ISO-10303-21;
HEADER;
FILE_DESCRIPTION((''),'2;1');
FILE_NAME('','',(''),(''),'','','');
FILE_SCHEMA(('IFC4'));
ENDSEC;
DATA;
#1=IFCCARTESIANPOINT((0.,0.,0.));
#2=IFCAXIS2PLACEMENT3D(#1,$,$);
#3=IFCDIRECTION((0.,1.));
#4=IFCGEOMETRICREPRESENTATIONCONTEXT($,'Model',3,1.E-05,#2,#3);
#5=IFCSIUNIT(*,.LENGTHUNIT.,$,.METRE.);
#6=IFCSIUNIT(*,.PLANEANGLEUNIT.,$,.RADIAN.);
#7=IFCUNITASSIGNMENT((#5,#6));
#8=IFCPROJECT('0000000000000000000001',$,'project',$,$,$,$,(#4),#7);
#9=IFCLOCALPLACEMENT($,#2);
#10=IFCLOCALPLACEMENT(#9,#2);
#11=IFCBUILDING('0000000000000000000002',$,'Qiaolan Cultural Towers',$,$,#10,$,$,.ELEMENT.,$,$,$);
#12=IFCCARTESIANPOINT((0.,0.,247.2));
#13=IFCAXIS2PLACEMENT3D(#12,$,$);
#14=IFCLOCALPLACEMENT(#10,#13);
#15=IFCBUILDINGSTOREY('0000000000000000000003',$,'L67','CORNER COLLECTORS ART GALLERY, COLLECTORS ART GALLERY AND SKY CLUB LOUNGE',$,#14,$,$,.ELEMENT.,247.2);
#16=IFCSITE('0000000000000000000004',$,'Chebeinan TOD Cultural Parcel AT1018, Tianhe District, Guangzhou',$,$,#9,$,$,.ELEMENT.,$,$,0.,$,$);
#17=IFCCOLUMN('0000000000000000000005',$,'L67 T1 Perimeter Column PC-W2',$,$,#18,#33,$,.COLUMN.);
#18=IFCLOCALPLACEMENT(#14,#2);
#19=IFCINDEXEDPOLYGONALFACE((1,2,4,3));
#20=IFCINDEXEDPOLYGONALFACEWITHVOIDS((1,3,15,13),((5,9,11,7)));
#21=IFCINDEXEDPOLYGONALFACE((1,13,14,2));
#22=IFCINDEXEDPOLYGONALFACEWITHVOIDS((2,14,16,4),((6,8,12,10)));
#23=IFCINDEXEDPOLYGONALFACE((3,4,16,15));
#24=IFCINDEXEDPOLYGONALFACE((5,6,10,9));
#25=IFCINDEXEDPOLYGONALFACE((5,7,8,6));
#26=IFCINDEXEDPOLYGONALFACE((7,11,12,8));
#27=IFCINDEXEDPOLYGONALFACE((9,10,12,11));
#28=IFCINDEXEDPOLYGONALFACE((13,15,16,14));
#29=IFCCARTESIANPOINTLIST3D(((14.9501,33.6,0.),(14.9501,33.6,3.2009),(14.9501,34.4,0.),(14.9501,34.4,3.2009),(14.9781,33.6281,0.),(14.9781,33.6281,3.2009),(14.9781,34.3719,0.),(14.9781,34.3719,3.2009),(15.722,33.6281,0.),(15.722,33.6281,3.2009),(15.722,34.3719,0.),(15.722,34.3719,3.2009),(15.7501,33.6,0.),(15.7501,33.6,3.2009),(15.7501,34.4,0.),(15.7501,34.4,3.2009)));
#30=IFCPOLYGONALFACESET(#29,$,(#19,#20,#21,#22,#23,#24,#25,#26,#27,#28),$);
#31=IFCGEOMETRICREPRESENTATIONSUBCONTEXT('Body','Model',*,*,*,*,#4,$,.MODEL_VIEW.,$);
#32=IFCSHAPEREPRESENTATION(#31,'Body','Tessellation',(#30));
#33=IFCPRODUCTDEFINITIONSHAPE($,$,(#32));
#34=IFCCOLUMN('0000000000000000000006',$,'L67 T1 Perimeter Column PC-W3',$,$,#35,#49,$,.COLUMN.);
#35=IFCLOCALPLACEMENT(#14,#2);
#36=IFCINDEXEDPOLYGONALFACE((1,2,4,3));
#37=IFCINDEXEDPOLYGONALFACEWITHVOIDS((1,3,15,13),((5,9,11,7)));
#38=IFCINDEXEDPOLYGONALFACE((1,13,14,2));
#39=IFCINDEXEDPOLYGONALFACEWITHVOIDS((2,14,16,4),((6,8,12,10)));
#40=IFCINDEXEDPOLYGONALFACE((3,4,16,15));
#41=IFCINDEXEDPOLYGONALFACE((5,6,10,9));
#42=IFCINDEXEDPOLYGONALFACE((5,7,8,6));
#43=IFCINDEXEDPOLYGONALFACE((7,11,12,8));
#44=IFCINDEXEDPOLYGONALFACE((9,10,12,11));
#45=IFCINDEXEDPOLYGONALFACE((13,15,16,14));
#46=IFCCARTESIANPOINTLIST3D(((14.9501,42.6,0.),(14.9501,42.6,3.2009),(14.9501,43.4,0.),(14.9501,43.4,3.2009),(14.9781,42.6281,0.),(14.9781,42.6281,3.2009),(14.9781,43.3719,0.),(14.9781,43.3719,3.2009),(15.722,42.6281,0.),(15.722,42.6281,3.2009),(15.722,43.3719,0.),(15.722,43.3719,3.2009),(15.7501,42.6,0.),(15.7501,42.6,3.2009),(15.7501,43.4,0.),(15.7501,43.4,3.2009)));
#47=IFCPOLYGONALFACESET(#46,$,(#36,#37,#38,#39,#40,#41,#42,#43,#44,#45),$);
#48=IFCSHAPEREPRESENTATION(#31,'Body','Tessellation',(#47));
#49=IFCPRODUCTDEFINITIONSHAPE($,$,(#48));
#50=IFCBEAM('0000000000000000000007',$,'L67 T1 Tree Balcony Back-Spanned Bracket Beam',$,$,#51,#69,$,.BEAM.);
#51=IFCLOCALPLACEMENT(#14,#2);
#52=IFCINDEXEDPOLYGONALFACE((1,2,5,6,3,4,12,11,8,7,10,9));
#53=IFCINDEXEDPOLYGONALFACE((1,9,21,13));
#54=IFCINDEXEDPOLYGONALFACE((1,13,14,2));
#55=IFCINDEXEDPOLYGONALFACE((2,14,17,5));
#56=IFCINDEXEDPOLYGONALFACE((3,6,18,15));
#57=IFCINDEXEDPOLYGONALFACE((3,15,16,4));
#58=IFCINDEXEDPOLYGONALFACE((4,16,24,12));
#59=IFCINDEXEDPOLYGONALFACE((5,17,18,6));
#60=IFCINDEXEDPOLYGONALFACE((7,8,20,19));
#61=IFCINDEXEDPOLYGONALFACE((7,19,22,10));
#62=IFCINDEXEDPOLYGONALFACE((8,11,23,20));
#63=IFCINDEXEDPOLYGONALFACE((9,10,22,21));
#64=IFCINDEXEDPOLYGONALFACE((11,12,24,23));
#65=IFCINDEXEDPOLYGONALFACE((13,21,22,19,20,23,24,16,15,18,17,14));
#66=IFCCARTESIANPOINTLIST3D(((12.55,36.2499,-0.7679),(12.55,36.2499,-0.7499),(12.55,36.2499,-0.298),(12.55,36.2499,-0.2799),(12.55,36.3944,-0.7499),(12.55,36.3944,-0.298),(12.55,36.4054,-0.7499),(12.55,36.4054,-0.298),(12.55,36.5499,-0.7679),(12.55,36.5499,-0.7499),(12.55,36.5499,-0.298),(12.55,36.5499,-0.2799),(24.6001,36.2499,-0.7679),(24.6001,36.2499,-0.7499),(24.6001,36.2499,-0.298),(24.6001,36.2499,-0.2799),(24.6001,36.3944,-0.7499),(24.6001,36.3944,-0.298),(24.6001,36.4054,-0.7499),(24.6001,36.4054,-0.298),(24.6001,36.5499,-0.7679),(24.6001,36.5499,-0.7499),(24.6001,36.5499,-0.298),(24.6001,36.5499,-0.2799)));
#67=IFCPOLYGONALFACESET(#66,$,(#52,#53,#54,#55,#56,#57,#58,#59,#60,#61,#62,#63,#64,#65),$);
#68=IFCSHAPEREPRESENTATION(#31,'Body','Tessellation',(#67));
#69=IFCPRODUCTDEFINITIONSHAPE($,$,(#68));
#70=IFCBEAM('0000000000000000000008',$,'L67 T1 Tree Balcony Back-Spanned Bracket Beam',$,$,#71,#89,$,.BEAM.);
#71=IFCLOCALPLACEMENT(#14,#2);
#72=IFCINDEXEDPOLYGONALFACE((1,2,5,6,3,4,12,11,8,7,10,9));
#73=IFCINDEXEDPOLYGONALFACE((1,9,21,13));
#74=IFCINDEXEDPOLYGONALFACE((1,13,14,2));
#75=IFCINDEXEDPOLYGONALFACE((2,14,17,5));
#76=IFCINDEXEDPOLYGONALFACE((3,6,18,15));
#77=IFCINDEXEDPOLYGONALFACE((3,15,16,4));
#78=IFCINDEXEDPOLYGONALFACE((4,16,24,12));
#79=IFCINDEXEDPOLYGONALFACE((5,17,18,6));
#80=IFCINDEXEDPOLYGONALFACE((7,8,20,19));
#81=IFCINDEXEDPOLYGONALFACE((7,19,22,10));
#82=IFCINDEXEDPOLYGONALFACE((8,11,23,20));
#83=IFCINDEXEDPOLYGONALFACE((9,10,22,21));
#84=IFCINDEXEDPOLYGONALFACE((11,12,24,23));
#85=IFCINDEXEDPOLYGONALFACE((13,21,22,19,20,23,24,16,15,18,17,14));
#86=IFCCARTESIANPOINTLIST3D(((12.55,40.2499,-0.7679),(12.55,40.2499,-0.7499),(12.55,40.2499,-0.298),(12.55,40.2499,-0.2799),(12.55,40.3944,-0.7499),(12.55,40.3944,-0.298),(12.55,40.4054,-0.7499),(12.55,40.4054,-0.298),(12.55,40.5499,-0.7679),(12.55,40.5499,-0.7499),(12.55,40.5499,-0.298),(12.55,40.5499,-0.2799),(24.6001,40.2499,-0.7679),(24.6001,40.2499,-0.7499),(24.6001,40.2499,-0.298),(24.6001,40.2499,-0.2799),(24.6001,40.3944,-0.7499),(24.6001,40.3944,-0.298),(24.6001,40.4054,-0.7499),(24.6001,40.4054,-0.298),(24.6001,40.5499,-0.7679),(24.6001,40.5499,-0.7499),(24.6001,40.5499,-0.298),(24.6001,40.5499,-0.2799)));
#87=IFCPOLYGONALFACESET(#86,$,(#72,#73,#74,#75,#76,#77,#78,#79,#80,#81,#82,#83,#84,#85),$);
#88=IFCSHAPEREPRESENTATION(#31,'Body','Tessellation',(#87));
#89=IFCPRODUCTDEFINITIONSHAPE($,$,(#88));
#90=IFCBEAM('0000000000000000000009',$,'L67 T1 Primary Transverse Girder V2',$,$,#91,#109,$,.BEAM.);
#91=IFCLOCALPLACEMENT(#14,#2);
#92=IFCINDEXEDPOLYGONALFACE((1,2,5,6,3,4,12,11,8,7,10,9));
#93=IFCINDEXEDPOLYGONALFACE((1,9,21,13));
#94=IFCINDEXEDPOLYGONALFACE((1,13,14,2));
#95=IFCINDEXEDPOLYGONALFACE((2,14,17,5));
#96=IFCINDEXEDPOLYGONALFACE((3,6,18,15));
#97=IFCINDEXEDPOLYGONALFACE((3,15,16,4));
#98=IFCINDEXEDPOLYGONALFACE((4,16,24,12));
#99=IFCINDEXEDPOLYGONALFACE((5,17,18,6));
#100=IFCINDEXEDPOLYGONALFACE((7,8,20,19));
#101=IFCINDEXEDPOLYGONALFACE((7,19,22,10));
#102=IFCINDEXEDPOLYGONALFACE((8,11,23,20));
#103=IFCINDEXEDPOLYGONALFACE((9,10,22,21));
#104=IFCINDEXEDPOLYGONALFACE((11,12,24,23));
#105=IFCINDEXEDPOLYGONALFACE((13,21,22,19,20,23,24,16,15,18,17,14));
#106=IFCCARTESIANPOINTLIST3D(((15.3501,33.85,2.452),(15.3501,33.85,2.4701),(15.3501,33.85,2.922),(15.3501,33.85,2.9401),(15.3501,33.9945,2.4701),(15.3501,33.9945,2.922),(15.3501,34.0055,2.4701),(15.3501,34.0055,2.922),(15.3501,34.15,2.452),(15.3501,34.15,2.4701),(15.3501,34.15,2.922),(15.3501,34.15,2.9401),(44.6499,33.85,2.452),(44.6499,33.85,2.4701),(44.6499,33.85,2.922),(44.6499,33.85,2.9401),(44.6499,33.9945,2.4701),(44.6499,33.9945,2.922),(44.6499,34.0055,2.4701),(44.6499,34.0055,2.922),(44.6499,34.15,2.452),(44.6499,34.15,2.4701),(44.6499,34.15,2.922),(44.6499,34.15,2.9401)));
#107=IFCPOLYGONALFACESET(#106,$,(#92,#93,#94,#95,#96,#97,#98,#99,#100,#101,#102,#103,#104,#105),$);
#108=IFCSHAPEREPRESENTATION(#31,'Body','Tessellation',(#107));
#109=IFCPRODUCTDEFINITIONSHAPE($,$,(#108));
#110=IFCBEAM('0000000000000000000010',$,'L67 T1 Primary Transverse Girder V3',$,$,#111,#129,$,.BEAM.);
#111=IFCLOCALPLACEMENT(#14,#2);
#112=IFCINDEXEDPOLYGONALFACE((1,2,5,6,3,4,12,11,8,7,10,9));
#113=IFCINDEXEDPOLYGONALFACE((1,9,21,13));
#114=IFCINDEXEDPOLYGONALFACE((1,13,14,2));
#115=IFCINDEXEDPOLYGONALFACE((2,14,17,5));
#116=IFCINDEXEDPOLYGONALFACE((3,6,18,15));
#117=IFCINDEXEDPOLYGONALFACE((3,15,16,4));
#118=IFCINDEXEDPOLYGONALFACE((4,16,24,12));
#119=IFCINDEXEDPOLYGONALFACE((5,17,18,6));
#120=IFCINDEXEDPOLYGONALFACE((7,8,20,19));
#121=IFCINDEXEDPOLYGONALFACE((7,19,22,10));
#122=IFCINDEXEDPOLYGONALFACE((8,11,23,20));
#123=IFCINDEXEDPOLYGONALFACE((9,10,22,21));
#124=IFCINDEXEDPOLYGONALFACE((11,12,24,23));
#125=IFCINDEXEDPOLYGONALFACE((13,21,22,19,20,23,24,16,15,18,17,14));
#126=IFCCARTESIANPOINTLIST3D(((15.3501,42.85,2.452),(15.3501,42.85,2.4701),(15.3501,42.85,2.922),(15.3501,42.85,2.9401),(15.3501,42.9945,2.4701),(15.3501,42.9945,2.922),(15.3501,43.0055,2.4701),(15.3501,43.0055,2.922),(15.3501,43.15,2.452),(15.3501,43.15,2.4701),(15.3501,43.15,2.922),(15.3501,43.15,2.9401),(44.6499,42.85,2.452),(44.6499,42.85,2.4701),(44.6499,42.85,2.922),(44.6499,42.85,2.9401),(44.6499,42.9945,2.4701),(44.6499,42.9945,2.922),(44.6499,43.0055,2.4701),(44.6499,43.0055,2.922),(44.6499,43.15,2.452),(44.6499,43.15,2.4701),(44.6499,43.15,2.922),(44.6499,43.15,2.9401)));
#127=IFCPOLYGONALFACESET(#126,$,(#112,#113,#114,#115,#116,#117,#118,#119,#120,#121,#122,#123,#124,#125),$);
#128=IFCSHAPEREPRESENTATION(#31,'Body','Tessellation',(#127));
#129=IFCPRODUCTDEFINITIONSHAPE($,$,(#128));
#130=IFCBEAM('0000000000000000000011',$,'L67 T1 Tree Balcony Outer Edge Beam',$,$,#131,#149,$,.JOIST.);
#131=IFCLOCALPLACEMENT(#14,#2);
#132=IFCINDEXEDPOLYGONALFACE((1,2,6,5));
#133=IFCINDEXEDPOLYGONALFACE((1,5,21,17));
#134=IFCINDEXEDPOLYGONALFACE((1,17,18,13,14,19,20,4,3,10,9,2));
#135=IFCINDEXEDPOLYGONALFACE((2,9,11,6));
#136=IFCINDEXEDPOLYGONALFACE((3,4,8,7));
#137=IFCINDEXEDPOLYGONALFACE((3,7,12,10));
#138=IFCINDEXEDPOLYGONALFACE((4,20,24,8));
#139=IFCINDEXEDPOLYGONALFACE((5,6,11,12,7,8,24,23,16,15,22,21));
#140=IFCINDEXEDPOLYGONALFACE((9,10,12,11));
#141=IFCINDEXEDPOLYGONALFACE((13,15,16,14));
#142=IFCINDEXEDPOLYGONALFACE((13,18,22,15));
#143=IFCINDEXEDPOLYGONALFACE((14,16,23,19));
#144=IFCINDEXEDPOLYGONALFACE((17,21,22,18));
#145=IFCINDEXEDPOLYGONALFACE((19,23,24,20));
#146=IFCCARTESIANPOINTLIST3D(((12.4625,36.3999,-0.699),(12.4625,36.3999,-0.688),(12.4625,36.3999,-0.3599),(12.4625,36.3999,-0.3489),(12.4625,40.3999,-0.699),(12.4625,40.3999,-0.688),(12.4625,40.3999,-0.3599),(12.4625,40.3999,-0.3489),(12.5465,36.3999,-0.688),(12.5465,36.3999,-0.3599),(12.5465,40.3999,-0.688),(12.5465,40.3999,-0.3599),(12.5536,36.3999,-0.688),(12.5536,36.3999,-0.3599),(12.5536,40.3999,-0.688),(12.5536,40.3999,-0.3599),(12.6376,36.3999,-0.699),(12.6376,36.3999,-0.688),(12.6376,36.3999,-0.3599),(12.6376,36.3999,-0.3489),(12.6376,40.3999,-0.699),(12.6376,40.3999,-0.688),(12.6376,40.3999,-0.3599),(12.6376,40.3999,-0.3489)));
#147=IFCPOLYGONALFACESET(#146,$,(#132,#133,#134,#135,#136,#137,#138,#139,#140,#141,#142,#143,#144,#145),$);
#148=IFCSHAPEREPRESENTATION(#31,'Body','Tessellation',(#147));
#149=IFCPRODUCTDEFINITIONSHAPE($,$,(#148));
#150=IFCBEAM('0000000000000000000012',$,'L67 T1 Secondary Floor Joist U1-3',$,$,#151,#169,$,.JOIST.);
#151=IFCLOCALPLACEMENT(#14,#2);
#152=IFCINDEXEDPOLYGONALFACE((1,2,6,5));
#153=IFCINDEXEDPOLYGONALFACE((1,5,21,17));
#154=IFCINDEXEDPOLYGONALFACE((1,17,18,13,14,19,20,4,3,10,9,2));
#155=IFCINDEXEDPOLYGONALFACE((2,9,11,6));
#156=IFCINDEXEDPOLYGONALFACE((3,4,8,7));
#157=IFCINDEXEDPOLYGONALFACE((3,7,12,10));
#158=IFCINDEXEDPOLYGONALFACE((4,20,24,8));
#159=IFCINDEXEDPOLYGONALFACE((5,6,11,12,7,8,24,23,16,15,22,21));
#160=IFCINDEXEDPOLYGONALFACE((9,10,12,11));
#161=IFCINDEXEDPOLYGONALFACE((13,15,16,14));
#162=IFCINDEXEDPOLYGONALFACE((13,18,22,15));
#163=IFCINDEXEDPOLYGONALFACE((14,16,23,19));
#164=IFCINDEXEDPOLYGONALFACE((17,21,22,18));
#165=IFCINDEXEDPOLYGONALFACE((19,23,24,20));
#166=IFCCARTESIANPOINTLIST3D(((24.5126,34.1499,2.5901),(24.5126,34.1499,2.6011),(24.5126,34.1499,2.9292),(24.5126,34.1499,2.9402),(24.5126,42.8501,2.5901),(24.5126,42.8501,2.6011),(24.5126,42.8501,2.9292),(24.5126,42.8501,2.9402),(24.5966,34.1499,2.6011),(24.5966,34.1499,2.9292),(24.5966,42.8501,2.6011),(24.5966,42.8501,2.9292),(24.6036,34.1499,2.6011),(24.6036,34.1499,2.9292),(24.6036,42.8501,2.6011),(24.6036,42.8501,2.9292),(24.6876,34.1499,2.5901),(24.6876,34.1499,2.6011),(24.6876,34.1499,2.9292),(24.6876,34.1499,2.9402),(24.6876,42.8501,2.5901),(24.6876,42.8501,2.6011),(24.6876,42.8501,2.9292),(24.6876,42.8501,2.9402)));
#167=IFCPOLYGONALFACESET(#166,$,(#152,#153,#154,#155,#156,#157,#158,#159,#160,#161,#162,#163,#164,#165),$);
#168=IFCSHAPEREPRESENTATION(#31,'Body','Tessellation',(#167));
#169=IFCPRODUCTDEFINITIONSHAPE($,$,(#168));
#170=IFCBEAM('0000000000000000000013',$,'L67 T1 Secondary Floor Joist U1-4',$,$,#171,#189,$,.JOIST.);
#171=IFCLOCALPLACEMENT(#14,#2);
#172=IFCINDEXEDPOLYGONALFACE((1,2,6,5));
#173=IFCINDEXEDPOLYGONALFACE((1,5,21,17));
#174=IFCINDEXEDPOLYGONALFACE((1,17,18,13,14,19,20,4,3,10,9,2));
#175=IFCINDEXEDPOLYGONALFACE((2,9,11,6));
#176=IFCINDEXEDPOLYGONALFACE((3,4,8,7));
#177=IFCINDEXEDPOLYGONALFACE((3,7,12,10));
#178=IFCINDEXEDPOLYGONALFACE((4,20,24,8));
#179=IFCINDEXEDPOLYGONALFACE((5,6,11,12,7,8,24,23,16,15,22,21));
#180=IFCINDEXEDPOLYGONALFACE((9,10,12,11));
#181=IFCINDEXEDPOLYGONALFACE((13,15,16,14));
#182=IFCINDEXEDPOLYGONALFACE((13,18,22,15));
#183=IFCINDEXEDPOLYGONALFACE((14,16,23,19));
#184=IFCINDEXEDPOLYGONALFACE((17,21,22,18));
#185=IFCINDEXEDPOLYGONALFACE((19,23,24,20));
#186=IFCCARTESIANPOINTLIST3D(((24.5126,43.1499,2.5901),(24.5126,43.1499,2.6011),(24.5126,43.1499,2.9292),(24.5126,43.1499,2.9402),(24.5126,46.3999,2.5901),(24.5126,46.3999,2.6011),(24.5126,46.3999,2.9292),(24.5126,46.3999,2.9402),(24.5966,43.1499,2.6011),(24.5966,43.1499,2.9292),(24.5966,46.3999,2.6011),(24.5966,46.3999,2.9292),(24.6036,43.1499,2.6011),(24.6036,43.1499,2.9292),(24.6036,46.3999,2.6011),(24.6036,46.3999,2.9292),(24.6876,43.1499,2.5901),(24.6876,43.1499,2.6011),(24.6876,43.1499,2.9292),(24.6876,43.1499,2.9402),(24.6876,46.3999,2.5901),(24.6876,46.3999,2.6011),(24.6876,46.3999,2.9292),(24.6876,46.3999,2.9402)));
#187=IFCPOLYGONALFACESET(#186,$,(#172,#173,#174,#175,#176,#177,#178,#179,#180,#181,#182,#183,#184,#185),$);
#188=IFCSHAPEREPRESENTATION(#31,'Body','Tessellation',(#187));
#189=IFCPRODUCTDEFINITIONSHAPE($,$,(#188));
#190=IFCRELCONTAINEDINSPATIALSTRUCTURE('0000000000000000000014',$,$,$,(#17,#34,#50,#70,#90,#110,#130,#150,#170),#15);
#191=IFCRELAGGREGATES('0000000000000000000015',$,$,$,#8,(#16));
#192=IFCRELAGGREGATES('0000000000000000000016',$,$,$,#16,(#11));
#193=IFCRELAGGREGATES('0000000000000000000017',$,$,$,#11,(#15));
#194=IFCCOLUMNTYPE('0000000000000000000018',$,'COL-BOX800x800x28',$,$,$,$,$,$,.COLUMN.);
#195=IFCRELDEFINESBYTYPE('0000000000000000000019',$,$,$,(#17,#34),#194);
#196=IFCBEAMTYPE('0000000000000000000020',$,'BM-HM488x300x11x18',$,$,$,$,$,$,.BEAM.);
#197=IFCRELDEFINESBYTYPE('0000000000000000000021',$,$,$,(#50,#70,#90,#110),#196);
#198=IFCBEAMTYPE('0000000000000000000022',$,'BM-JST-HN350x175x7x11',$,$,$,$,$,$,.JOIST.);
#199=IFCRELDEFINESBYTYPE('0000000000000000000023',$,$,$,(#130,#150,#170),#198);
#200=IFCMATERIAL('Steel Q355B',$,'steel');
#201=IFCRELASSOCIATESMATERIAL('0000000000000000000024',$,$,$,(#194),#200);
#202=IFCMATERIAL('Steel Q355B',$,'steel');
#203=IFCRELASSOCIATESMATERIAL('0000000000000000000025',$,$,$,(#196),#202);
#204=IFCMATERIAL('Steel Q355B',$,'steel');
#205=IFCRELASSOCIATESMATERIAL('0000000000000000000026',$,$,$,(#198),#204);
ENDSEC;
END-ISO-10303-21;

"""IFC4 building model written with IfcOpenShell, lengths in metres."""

from ifc_helpers import new_model, si_unit, direction, frame, origin, origin_2d, place, context, subcontext, project, spatial, hollow_rectangle, i_section, extrude, material, material_profile, profile_set, type_object, element, save


model = new_model("IFC4")

# Units and contexts
model_context = context("Model", 3, precision=1e-05, world=origin(), true_north=direction((0.0, 1.0)))
body_context = subcontext(model_context, "Body", "Model", "MODEL_VIEW")
ifc_project = project(units=[si_unit("LENGTHUNIT", "METRE"), si_unit("PLANEANGLEUNIT", "RADIAN")], contexts=[model_context])

# Site, building, storey
site_placement = place(None, origin())
site = spatial("IfcSite", under=ifc_project, at=site_placement, Name="Chebeinan TOD Cultural Parcel AT1018, Tianhe District, Guangzhou", CompositionType="ELEMENT", RefElevation=0.0)
building_placement = place(site_placement, origin())
building = spatial("IfcBuilding", under=site, at=building_placement, Name="Qiaolan Cultural Towers", CompositionType="ELEMENT")
storey_placement = place(building_placement, frame((0.0, 0.0, 247.2)))
storey = spatial("IfcBuildingStorey", under=building, at=storey_placement, Name="L67", Description="CORNER COLLECTORS ART GALLERY, COLLECTORS ART GALLERY AND SKY CLUB LOUNGE", CompositionType="ELEMENT", Elevation=247.2)

# Columns
ifc_material_1 = material(Name="Steel Q355B", Category="steel")
ifc_material_profile_1 = material_profile(ifc_material_1, hollow_rectangle(XDim=0.8, YDim=0.8, WallThickness=0.0281, at=origin_2d()), Name="BOX800x800x28")
ifc_profile_set_1 = profile_set([ifc_material_profile_1], Name="Steel Q355B")
column_type = type_object("IfcColumnType", Name="COL-BOX800x800x28", PredefinedType="COLUMN", material=ifc_profile_set_1)
for number, where, z_axis, x_axis, name in (
    (1, (15.3501, 34.0, 0.0), (0.0, 0.0, 1.0), (1.0, 0.0, 0.0), "L67 T1 Perimeter Column PC-W2"),
    (2, (15.3501, 43.0, 0.0), (0.0, 0.0, 1.0), (1.0, 0.0, 0.0), "L67 T1 Perimeter Column PC-W3"),
):
    element("IfcColumn", number, at=place(storey_placement, frame(where, z_axis=z_axis, x_axis=x_axis)), inside=storey, type_object=column_type, Name=name, PredefinedType="COLUMN", context=body_context, shape_type="SweptSolid", body=[
        extrude(hollow_rectangle(XDim=0.8, YDim=0.8, WallThickness=0.0281, at=origin_2d()), origin(), (0.0, 0.0, 1.0), 3.2009),
    ])

# Beams
ifc_material_2 = material(Name="Steel Q355B", Category="steel")
ifc_material_profile_2 = material_profile(ifc_material_2, i_section(OverallWidth=0.3, OverallDepth=0.488, WebThickness=0.011, FlangeThickness=0.0181, at=origin_2d()), Name="HM488x300x11x18")
ifc_profile_set_2 = profile_set([ifc_material_profile_2], Name="Steel Q355B")
beam_type_1 = type_object("IfcBeamType", Name="BM-HM488x300x11x18", PredefinedType="BEAM", material=ifc_profile_set_2)
for number, where, z_axis, x_axis, name in (
    (3, (24.6001, 36.3999, -0.5239), (-1.0, 0.0, 0.0), (0.0, -1.0, 0.0), "L67 T1 Tree Balcony Back-Spanned Bracket Beam"),
    (4, (24.6001, 40.3999, -0.5239), (-1.0, 0.0, 0.0), (0.0, -1.0, 0.0), "L67 T1 Tree Balcony Back-Spanned Bracket Beam"),
):
    element("IfcBeam", number, at=place(storey_placement, frame(where, z_axis=z_axis, x_axis=x_axis)), inside=storey, type_object=beam_type_1, Name=name, PredefinedType="BEAM", context=body_context, shape_type="SweptSolid", body=[
        extrude(i_section(OverallWidth=0.3, OverallDepth=0.488, WebThickness=0.011, FlangeThickness=0.0181, at=origin_2d()), origin(), (0.0, 0.0, 1.0), 12.05),
    ])
for number, where, z_axis, x_axis, name in (
    (5, (15.3501, 34.0, 2.696), (1.0, 0.0, 0.0), (0.0, 1.0, 0.0), "L67 T1 Primary Transverse Girder V2"),
    (6, (15.3501, 43.0, 2.696), (1.0, 0.0, 0.0), (0.0, 1.0, 0.0), "L67 T1 Primary Transverse Girder V3"),
):
    element("IfcBeam", number, at=place(storey_placement, frame(where, z_axis=z_axis, x_axis=x_axis)), inside=storey, type_object=beam_type_1, Name=name, PredefinedType="BEAM", context=body_context, shape_type="SweptSolid", body=[
        extrude(i_section(OverallWidth=0.3, OverallDepth=0.488, WebThickness=0.011, FlangeThickness=0.0181, at=origin_2d()), origin(), (0.0, 0.0, 1.0), 29.2998),
    ])
ifc_material_3 = material(Name="Steel Q355B", Category="steel")
ifc_material_profile_3 = material_profile(ifc_material_3, i_section(OverallWidth=0.175, OverallDepth=0.3501, WebThickness=0.0071, FlangeThickness=0.011, at=origin_2d()), Name="HN350x175x7x11")
ifc_profile_set_3 = profile_set([ifc_material_profile_3], Name="Steel Q355B")
beam_type_2 = type_object("IfcBeamType", Name="BM-JST-HN350x175x7x11", PredefinedType="JOIST", material=ifc_profile_set_3)
beam_1_placement = place(storey_placement, frame((12.55, 36.3999, -0.5239), z_axis=(0.0, 1.0, 0.0), x_axis=(-1.0, 0.0, 0.0)))
element("IfcBeam", 7, at=beam_1_placement, inside=storey, type_object=beam_type_2, Name="L67 T1 Tree Balcony Outer Edge Beam", PredefinedType="JOIST", context=body_context, shape_type="SweptSolid", body=[
    extrude(i_section(OverallWidth=0.175, OverallDepth=0.3501, WebThickness=0.0071, FlangeThickness=0.011, at=origin_2d()), origin(), (0.0, 0.0, 1.0), 4.0),
])
beam_2_placement = place(storey_placement, frame((24.6001, 34.1499, 2.7651), z_axis=(0.0, 1.0, 0.0), x_axis=(-1.0, 0.0, 0.0)))
element("IfcBeam", 8, at=beam_2_placement, inside=storey, type_object=beam_type_2, Name="L67 T1 Secondary Floor Joist U1-3", PredefinedType="JOIST", context=body_context, shape_type="SweptSolid", body=[
    extrude(i_section(OverallWidth=0.175, OverallDepth=0.3501, WebThickness=0.0071, FlangeThickness=0.011, at=origin_2d()), origin(), (0.0, 0.0, 1.0), 8.7002),
])
beam_3_placement = place(storey_placement, frame((24.6001, 43.1499, 2.7651), z_axis=(0.0, 1.0, 0.0), x_axis=(-1.0, 0.0, 0.0)))
element("IfcBeam", 9, at=beam_3_placement, inside=storey, type_object=beam_type_2, Name="L67 T1 Secondary Floor Joist U1-4", PredefinedType="JOIST", context=body_context, shape_type="SweptSolid", body=[
    extrude(i_section(OverallWidth=0.175, OverallDepth=0.3501, WebThickness=0.0071, FlangeThickness=0.011, at=origin_2d()), origin(), (0.0, 0.0, 1.0), 3.25),
])

save(model, "model.ifc")
